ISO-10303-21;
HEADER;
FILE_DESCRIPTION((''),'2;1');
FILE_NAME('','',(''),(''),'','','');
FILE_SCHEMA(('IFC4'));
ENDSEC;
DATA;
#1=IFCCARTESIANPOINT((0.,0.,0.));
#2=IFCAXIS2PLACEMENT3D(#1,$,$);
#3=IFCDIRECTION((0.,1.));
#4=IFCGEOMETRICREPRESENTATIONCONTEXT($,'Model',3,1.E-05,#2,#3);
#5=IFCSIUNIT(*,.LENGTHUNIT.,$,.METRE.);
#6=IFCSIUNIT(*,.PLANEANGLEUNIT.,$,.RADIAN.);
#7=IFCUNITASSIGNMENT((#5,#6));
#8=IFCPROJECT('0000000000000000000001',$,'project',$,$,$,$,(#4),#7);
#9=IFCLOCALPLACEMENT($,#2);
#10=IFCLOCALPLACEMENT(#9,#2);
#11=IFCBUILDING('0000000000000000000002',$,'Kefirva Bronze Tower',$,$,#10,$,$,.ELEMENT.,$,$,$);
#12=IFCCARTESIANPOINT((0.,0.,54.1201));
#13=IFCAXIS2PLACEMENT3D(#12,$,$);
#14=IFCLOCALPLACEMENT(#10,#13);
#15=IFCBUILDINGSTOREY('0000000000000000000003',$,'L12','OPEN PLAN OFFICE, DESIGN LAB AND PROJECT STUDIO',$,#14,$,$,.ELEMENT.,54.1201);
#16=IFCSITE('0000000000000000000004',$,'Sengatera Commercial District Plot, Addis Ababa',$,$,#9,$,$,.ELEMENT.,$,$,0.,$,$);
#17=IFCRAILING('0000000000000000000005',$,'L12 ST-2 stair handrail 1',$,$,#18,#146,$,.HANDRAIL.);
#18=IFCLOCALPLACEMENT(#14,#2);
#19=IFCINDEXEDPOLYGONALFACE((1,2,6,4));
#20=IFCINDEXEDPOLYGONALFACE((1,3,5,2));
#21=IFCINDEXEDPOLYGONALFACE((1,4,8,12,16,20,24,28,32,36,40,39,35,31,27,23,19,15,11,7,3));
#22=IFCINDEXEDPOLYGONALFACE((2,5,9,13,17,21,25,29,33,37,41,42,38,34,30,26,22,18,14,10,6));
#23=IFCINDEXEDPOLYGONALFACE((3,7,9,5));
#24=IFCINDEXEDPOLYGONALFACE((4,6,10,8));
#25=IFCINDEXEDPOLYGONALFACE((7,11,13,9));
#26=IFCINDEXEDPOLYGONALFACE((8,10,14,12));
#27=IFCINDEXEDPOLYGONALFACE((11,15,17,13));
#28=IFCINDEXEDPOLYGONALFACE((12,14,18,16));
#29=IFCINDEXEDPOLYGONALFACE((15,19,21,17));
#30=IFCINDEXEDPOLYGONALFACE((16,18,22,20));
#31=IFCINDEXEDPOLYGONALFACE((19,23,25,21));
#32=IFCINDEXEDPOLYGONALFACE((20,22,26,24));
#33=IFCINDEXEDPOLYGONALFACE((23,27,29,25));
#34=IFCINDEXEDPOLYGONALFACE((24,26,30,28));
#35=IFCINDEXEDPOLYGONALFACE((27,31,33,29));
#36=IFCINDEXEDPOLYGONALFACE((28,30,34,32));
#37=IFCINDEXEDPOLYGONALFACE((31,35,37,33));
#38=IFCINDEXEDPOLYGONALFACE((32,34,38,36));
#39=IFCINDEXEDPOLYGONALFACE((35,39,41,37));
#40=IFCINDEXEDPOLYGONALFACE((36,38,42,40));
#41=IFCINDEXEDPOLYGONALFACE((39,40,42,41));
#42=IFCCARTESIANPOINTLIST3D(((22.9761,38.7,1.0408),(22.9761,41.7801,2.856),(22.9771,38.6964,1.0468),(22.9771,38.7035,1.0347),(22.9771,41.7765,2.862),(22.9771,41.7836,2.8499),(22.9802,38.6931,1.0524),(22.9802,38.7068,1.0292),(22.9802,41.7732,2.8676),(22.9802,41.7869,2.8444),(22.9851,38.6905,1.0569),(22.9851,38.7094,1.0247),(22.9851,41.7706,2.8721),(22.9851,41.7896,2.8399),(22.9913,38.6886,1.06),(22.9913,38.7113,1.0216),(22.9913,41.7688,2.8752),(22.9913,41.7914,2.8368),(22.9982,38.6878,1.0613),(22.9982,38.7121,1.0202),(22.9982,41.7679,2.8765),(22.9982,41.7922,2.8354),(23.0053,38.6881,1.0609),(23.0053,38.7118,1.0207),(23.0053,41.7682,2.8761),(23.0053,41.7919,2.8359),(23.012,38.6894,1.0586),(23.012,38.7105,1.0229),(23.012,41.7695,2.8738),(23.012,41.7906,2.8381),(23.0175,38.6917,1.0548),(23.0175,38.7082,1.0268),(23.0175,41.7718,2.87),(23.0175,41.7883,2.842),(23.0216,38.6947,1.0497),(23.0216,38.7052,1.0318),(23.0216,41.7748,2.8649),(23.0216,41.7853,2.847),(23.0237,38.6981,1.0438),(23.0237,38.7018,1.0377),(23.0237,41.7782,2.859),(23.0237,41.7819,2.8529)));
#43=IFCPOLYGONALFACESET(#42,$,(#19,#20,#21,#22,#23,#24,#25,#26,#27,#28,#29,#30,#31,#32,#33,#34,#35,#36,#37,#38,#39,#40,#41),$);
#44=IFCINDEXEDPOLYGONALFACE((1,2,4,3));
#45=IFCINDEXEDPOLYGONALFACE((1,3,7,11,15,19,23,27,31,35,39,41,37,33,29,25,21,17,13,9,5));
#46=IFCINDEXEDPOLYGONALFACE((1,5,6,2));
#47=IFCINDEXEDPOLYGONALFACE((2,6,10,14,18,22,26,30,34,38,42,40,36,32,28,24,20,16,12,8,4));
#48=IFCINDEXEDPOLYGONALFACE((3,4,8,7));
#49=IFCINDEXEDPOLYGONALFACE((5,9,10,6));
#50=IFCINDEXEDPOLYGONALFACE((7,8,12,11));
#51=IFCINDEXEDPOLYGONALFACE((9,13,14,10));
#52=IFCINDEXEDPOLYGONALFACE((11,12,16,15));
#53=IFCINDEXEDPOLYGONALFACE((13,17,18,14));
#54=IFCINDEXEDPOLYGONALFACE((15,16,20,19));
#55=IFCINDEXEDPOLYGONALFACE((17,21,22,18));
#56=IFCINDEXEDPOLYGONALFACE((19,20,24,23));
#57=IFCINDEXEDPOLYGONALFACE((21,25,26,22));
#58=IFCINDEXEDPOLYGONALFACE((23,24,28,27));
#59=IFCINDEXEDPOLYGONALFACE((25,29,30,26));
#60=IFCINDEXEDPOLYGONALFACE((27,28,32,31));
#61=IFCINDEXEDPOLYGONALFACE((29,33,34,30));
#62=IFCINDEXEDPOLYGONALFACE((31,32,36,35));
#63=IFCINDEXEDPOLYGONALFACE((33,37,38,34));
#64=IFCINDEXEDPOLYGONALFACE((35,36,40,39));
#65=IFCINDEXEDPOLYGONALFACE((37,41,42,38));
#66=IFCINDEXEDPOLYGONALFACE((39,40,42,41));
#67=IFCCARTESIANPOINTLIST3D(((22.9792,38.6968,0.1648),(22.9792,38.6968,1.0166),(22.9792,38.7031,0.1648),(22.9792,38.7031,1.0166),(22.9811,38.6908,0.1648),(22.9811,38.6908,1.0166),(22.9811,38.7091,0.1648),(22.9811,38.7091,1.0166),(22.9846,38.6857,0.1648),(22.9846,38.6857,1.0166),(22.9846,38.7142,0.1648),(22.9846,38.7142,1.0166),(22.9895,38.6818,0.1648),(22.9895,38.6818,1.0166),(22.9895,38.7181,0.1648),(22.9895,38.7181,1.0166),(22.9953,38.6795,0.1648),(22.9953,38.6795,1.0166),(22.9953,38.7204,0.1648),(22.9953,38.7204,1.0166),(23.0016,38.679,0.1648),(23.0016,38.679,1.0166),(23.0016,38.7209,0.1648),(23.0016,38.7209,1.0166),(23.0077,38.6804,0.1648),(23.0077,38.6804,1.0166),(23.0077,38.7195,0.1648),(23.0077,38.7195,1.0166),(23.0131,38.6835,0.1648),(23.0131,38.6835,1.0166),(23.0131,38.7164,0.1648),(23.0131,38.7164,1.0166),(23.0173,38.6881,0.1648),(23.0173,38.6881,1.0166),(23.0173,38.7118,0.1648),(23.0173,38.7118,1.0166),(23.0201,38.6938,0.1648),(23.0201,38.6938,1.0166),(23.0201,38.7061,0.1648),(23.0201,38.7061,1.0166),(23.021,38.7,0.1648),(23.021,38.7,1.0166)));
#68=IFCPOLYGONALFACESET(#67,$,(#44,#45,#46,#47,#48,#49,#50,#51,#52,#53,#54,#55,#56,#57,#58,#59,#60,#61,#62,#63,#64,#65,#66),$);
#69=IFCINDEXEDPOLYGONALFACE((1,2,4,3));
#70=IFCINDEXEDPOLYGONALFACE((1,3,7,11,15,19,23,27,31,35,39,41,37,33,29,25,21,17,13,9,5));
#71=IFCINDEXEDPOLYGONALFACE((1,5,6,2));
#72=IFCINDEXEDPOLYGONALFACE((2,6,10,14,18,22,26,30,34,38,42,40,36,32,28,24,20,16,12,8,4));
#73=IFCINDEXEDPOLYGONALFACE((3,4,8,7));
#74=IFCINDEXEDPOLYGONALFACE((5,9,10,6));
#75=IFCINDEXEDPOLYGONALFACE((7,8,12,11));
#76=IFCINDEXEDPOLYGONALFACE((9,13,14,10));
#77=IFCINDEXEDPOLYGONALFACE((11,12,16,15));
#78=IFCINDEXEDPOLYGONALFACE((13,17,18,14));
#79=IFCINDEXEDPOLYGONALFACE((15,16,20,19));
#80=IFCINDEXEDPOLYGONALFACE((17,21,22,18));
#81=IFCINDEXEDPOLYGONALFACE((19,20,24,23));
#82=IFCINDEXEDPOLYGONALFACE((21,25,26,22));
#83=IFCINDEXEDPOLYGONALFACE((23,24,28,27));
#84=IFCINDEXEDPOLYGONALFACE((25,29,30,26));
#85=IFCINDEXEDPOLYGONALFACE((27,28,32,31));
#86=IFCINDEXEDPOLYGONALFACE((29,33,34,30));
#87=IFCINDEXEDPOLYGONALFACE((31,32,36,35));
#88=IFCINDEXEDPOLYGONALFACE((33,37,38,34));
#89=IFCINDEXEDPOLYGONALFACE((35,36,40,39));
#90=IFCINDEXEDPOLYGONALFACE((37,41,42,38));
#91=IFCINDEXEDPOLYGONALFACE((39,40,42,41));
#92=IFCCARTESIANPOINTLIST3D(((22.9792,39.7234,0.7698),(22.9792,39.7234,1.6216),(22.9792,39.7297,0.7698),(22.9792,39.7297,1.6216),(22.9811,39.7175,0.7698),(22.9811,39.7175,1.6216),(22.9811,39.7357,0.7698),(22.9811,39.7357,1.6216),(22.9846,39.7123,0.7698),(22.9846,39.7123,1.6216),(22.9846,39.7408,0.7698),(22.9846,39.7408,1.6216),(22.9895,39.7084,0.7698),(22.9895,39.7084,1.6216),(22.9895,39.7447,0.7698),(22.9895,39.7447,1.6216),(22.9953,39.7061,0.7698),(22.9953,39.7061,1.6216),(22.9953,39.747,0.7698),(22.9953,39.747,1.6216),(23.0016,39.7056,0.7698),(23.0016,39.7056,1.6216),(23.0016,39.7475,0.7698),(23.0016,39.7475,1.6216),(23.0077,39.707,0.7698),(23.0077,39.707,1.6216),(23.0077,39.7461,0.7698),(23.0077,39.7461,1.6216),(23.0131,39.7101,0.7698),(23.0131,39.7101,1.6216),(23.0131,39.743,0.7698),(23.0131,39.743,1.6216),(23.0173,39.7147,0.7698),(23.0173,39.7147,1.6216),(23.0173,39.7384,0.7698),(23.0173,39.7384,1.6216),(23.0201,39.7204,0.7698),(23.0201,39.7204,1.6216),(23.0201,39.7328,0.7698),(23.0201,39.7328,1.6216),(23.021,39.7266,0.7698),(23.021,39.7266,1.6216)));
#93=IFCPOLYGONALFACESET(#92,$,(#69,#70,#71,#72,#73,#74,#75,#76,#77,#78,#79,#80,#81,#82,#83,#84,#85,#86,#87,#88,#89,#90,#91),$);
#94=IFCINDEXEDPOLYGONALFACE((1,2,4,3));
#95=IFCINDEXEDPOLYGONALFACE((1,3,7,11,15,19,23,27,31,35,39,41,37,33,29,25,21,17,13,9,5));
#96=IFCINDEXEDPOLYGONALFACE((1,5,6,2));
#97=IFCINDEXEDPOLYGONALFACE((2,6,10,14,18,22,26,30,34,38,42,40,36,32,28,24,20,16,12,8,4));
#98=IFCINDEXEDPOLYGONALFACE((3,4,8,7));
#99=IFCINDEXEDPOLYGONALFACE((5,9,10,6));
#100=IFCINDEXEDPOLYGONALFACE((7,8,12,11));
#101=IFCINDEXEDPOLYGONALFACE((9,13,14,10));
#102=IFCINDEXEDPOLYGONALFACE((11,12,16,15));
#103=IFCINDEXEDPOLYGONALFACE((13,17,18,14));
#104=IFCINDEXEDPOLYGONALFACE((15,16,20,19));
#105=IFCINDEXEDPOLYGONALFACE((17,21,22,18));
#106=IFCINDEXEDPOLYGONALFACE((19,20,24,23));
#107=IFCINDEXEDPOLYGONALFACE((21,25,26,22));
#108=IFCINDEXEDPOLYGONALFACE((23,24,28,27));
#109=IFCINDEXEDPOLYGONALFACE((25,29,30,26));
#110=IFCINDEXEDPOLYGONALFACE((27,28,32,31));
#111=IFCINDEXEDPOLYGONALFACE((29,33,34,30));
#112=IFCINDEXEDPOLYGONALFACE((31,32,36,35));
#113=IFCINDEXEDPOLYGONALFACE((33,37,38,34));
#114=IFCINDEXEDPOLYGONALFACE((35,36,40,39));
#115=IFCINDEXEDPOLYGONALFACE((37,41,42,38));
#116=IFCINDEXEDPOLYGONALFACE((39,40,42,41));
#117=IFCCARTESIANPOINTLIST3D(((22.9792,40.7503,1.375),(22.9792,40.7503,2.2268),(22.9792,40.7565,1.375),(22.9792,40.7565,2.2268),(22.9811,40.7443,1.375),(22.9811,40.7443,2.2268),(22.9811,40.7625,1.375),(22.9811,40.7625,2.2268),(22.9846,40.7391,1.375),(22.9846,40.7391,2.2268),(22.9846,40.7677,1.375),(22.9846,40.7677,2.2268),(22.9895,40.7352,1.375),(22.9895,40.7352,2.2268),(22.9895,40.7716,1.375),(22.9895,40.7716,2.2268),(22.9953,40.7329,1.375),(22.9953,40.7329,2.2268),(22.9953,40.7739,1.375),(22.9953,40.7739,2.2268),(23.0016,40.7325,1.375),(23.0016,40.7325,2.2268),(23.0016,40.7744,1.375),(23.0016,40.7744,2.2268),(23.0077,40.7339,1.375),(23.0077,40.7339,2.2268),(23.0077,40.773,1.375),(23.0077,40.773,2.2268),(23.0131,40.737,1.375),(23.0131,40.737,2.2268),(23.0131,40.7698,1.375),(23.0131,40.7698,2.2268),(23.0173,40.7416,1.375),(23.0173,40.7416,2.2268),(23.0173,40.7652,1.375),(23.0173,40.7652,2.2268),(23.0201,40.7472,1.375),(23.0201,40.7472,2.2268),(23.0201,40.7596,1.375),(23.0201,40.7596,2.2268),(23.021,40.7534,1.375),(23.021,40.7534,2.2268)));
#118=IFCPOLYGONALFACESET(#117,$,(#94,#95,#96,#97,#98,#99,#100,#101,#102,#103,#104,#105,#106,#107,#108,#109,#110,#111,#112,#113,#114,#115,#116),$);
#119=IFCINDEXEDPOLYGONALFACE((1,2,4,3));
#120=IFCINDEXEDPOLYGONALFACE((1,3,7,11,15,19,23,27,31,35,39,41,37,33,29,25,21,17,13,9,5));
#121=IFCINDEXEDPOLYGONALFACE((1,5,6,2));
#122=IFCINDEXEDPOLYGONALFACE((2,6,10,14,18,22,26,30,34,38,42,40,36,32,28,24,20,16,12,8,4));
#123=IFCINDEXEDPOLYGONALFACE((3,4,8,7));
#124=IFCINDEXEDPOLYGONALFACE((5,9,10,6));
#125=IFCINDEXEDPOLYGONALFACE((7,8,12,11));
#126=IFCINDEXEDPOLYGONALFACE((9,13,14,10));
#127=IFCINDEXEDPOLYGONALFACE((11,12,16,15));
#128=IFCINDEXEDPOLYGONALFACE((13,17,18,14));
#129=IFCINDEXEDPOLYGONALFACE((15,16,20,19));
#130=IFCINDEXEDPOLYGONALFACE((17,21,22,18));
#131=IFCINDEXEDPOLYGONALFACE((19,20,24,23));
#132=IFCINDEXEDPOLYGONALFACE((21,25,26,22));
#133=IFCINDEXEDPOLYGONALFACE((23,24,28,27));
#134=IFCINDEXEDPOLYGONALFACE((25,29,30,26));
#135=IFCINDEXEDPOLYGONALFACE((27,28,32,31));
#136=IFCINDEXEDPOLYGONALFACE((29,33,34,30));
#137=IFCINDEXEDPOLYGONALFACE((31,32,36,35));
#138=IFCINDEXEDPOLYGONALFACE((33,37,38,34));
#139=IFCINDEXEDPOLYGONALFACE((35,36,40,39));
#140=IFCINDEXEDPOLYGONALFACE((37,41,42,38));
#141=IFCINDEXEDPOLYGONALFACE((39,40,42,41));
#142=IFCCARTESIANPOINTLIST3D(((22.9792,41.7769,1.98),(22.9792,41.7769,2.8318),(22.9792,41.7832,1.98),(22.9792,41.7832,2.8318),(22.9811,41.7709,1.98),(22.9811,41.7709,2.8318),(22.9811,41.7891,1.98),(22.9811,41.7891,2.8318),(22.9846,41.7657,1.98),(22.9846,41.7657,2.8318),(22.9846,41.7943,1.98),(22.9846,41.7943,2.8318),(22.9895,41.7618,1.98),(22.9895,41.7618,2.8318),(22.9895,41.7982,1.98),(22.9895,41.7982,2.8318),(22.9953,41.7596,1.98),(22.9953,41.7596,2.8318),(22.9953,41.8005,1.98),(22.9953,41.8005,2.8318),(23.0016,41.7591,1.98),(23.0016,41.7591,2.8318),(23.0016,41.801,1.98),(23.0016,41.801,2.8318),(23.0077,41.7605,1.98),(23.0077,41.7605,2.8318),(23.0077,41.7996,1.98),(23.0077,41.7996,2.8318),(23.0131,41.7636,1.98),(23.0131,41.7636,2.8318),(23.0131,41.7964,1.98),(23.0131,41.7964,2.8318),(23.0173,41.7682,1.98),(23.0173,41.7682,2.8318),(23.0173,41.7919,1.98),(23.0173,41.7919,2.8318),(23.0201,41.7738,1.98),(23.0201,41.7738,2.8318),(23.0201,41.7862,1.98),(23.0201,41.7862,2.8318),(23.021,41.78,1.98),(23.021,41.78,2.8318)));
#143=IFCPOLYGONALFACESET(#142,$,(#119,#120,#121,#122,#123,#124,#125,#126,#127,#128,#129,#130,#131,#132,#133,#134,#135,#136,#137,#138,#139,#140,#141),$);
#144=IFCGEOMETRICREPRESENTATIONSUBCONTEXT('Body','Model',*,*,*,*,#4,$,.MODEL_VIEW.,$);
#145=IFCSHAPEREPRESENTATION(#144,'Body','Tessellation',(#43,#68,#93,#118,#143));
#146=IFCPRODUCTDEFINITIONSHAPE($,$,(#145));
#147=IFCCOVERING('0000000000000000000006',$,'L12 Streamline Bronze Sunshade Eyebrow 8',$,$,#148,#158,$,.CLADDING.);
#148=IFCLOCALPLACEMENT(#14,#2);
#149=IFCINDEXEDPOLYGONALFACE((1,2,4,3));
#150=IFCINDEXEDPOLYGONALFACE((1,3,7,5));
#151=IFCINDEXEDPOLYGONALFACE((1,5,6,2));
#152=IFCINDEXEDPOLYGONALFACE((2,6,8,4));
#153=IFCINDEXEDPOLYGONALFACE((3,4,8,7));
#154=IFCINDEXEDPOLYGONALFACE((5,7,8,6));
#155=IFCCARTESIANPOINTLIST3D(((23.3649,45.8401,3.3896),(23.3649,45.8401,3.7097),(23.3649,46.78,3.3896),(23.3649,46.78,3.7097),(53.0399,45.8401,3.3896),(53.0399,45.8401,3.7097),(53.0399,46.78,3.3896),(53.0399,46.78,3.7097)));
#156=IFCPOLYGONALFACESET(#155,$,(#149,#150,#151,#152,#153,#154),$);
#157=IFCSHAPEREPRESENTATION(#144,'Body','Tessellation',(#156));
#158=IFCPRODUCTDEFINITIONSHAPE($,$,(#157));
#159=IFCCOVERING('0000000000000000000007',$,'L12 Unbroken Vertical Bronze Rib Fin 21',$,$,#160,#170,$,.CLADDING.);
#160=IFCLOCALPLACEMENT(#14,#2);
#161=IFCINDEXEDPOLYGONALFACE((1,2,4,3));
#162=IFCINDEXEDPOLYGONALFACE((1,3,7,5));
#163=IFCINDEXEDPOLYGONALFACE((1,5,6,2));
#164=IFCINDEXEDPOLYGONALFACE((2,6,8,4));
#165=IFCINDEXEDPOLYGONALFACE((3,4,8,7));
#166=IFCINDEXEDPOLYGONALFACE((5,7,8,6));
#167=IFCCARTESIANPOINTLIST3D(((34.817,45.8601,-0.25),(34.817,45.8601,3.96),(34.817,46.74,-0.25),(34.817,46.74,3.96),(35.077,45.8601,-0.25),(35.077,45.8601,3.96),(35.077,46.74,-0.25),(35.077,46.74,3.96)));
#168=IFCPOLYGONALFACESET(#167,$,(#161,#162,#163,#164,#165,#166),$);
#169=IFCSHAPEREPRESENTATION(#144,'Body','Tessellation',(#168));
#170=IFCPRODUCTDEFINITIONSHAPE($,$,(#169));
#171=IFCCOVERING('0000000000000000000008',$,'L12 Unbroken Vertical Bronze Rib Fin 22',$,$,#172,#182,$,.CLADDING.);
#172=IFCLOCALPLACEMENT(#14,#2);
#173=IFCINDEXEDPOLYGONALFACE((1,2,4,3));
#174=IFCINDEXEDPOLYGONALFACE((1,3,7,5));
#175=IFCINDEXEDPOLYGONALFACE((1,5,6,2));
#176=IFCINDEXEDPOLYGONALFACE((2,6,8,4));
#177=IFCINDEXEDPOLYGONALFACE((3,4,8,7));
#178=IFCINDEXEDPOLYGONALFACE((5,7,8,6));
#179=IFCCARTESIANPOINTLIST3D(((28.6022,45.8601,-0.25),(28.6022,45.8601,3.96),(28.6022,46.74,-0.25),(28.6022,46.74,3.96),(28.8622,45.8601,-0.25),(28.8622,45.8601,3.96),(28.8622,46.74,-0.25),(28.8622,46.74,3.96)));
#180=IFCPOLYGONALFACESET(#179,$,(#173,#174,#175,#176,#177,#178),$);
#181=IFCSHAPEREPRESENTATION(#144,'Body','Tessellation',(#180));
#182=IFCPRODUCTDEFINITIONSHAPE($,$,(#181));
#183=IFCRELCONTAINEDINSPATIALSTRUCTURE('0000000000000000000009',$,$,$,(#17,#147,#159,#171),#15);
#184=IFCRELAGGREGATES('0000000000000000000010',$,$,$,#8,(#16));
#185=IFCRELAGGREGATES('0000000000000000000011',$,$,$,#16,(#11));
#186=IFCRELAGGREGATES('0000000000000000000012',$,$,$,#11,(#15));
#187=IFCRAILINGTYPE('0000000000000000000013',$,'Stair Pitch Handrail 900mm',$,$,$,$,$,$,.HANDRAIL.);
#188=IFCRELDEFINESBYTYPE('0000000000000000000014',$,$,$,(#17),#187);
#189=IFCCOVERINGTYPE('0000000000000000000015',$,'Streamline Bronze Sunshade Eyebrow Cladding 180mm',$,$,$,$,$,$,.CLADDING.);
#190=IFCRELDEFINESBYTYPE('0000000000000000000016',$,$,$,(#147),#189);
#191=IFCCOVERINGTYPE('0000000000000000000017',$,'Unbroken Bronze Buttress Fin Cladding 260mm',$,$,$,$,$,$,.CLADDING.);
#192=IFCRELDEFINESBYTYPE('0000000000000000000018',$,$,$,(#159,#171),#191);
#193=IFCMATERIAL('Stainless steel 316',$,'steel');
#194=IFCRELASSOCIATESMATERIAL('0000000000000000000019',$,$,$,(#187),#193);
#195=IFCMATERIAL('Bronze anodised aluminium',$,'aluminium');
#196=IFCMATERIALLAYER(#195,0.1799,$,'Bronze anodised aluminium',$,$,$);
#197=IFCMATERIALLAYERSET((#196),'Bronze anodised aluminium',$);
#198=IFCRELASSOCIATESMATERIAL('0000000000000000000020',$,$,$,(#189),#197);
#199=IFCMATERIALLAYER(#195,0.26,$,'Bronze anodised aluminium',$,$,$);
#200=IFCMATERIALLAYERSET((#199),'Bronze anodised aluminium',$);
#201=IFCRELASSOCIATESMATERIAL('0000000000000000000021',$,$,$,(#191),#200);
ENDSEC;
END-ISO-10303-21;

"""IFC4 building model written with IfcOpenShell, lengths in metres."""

from ifc_helpers import new_model, si_unit, direction, frame, origin, origin_2d, place, context, subcontext, project, spatial, rectangle, circle, extrude, material, layer, layer_set, type_object, element, save


model = new_model("IFC4")

# Units and contexts
model_context = context("Model", 3, precision=1e-05, world=origin(), true_north=direction((0.0, 1.0)))
body_context = subcontext(model_context, "Body", "Model", "MODEL_VIEW")
ifc_project = project(units=[si_unit("LENGTHUNIT", "METRE"), si_unit("PLANEANGLEUNIT", "RADIAN")], contexts=[model_context])

# Site, building, storey
site_placement = place(None, origin())
site = spatial("IfcSite", under=ifc_project, at=site_placement, Name="Sengatera Commercial District Plot, Addis Ababa", CompositionType="ELEMENT", RefElevation=0.0)
building_placement = place(site_placement, origin())
building = spatial("IfcBuilding", under=site, at=building_placement, Name="Kefirva Bronze Tower", CompositionType="ELEMENT")
storey_placement = place(building_placement, frame((0.0, 0.0, 54.1201)))
storey = spatial("IfcBuildingStorey", under=building, at=storey_placement, Name="L12", Description="OPEN PLAN OFFICE, DESIGN LAB AND PROJECT STUDIO", CompositionType="ELEMENT", Elevation=54.1201)

# Shared definitions
ifc_material_1 = material(Name="Bronze anodised aluminium", Category="aluminium")

# Railing
ifc_material_2 = material(Name="Stainless steel 316", Category="steel")
railing_type_1 = type_object("IfcRailingType", Name="Stair Pitch Handrail 900mm", PredefinedType="HANDRAIL", material=ifc_material_2)
railing_1_placement = place(storey_placement, frame((23.0, 38.7, 0.1648)))
element("IfcRailing", 1, at=railing_1_placement, inside=storey, type_object=railing_type_1, Name="L12 ST-2 stair handrail 1", PredefinedType="HANDRAIL", context=body_context, shape_type="SweptSolid", body=[
    extrude(circle(Radius=0.0239, at=origin_2d()), frame((0.0, 0.0, 0.876), z_axis=(0.0, 0.861521, 0.507721), x_axis=(-1.0, 0.0, 0.0)), (0.0, 0.0, 1.0), 3.5752),
    extrude(circle(Radius=0.021, at=origin_2d()), origin(), (0.0, 0.0, 1.0), 0.8518),
    extrude(circle(Radius=0.021, at=origin_2d()), frame((0.0, 1.0266, 0.605)), (0.0, 0.0, 1.0), 0.8518),
    extrude(circle(Radius=0.021, at=origin_2d()), frame((0.0, 2.0535, 1.2102)), (0.0, 0.0, 1.0), 0.8518),
    extrude(circle(Radius=0.021, at=origin_2d()), frame((0.0, 3.0801, 1.8152)), (0.0, 0.0, 1.0), 0.8518),
])

# Coverings
ifc_layer_1 = layer(ifc_material_1, 0.1799, Name="Bronze anodised aluminium")
ifc_layer_set_1 = layer_set([ifc_layer_1], Name="Bronze anodised aluminium")
covering_type_1 = type_object("IfcCoveringType", Name="Streamline Bronze Sunshade Eyebrow Cladding 180mm", PredefinedType="CLADDING", material=ifc_layer_set_1)
covering_1_placement = place(storey_placement, frame((38.2024, 46.3101, 3.3896), z_axis=(0.0, 0.0, 1.0), x_axis=(-1.0, 0.0, 0.0)))
element("IfcCovering", 2, at=covering_1_placement, inside=storey, type_object=covering_type_1, Name="L12 Streamline Bronze Sunshade Eyebrow 8", PredefinedType="CLADDING", context=body_context, shape_type="SweptSolid", body=[
    extrude(rectangle(XDim=29.675, YDim=0.9399, at=origin_2d()), origin(), (0.0, 0.0, 1.0), 0.3201),
])
ifc_layer_2 = layer(ifc_material_1, 0.26, Name="Bronze anodised aluminium")
ifc_layer_set_2 = layer_set([ifc_layer_2], Name="Bronze anodised aluminium")
covering_type_2 = type_object("IfcCoveringType", Name="Unbroken Bronze Buttress Fin Cladding 260mm", PredefinedType="CLADDING", material=ifc_layer_set_2)
for number, where, z_axis, x_axis, name in (
    (3, (34.947, 46.3, -0.25), (0.0, 0.0, 1.0), (-1.0, 0.0, 0.0), "L12 Unbroken Vertical Bronze Rib Fin 21"),
    (4, (28.7322, 46.3, -0.25), (0.0, 0.0, 1.0), (-1.0, 0.0, 0.0), "L12 Unbroken Vertical Bronze Rib Fin 22"),
):
    element("IfcCovering", number, at=place(storey_placement, frame(where, z_axis=z_axis, x_axis=x_axis)), inside=storey, type_object=covering_type_2, Name=name, PredefinedType="CLADDING", context=body_context, shape_type="SweptSolid", body=[
        extrude(rectangle(XDim=0.26, YDim=0.8799, at=origin_2d()), origin(), (0.0, 0.0, 1.0), 4.21),
    ])

save(model, "model.ifc")
